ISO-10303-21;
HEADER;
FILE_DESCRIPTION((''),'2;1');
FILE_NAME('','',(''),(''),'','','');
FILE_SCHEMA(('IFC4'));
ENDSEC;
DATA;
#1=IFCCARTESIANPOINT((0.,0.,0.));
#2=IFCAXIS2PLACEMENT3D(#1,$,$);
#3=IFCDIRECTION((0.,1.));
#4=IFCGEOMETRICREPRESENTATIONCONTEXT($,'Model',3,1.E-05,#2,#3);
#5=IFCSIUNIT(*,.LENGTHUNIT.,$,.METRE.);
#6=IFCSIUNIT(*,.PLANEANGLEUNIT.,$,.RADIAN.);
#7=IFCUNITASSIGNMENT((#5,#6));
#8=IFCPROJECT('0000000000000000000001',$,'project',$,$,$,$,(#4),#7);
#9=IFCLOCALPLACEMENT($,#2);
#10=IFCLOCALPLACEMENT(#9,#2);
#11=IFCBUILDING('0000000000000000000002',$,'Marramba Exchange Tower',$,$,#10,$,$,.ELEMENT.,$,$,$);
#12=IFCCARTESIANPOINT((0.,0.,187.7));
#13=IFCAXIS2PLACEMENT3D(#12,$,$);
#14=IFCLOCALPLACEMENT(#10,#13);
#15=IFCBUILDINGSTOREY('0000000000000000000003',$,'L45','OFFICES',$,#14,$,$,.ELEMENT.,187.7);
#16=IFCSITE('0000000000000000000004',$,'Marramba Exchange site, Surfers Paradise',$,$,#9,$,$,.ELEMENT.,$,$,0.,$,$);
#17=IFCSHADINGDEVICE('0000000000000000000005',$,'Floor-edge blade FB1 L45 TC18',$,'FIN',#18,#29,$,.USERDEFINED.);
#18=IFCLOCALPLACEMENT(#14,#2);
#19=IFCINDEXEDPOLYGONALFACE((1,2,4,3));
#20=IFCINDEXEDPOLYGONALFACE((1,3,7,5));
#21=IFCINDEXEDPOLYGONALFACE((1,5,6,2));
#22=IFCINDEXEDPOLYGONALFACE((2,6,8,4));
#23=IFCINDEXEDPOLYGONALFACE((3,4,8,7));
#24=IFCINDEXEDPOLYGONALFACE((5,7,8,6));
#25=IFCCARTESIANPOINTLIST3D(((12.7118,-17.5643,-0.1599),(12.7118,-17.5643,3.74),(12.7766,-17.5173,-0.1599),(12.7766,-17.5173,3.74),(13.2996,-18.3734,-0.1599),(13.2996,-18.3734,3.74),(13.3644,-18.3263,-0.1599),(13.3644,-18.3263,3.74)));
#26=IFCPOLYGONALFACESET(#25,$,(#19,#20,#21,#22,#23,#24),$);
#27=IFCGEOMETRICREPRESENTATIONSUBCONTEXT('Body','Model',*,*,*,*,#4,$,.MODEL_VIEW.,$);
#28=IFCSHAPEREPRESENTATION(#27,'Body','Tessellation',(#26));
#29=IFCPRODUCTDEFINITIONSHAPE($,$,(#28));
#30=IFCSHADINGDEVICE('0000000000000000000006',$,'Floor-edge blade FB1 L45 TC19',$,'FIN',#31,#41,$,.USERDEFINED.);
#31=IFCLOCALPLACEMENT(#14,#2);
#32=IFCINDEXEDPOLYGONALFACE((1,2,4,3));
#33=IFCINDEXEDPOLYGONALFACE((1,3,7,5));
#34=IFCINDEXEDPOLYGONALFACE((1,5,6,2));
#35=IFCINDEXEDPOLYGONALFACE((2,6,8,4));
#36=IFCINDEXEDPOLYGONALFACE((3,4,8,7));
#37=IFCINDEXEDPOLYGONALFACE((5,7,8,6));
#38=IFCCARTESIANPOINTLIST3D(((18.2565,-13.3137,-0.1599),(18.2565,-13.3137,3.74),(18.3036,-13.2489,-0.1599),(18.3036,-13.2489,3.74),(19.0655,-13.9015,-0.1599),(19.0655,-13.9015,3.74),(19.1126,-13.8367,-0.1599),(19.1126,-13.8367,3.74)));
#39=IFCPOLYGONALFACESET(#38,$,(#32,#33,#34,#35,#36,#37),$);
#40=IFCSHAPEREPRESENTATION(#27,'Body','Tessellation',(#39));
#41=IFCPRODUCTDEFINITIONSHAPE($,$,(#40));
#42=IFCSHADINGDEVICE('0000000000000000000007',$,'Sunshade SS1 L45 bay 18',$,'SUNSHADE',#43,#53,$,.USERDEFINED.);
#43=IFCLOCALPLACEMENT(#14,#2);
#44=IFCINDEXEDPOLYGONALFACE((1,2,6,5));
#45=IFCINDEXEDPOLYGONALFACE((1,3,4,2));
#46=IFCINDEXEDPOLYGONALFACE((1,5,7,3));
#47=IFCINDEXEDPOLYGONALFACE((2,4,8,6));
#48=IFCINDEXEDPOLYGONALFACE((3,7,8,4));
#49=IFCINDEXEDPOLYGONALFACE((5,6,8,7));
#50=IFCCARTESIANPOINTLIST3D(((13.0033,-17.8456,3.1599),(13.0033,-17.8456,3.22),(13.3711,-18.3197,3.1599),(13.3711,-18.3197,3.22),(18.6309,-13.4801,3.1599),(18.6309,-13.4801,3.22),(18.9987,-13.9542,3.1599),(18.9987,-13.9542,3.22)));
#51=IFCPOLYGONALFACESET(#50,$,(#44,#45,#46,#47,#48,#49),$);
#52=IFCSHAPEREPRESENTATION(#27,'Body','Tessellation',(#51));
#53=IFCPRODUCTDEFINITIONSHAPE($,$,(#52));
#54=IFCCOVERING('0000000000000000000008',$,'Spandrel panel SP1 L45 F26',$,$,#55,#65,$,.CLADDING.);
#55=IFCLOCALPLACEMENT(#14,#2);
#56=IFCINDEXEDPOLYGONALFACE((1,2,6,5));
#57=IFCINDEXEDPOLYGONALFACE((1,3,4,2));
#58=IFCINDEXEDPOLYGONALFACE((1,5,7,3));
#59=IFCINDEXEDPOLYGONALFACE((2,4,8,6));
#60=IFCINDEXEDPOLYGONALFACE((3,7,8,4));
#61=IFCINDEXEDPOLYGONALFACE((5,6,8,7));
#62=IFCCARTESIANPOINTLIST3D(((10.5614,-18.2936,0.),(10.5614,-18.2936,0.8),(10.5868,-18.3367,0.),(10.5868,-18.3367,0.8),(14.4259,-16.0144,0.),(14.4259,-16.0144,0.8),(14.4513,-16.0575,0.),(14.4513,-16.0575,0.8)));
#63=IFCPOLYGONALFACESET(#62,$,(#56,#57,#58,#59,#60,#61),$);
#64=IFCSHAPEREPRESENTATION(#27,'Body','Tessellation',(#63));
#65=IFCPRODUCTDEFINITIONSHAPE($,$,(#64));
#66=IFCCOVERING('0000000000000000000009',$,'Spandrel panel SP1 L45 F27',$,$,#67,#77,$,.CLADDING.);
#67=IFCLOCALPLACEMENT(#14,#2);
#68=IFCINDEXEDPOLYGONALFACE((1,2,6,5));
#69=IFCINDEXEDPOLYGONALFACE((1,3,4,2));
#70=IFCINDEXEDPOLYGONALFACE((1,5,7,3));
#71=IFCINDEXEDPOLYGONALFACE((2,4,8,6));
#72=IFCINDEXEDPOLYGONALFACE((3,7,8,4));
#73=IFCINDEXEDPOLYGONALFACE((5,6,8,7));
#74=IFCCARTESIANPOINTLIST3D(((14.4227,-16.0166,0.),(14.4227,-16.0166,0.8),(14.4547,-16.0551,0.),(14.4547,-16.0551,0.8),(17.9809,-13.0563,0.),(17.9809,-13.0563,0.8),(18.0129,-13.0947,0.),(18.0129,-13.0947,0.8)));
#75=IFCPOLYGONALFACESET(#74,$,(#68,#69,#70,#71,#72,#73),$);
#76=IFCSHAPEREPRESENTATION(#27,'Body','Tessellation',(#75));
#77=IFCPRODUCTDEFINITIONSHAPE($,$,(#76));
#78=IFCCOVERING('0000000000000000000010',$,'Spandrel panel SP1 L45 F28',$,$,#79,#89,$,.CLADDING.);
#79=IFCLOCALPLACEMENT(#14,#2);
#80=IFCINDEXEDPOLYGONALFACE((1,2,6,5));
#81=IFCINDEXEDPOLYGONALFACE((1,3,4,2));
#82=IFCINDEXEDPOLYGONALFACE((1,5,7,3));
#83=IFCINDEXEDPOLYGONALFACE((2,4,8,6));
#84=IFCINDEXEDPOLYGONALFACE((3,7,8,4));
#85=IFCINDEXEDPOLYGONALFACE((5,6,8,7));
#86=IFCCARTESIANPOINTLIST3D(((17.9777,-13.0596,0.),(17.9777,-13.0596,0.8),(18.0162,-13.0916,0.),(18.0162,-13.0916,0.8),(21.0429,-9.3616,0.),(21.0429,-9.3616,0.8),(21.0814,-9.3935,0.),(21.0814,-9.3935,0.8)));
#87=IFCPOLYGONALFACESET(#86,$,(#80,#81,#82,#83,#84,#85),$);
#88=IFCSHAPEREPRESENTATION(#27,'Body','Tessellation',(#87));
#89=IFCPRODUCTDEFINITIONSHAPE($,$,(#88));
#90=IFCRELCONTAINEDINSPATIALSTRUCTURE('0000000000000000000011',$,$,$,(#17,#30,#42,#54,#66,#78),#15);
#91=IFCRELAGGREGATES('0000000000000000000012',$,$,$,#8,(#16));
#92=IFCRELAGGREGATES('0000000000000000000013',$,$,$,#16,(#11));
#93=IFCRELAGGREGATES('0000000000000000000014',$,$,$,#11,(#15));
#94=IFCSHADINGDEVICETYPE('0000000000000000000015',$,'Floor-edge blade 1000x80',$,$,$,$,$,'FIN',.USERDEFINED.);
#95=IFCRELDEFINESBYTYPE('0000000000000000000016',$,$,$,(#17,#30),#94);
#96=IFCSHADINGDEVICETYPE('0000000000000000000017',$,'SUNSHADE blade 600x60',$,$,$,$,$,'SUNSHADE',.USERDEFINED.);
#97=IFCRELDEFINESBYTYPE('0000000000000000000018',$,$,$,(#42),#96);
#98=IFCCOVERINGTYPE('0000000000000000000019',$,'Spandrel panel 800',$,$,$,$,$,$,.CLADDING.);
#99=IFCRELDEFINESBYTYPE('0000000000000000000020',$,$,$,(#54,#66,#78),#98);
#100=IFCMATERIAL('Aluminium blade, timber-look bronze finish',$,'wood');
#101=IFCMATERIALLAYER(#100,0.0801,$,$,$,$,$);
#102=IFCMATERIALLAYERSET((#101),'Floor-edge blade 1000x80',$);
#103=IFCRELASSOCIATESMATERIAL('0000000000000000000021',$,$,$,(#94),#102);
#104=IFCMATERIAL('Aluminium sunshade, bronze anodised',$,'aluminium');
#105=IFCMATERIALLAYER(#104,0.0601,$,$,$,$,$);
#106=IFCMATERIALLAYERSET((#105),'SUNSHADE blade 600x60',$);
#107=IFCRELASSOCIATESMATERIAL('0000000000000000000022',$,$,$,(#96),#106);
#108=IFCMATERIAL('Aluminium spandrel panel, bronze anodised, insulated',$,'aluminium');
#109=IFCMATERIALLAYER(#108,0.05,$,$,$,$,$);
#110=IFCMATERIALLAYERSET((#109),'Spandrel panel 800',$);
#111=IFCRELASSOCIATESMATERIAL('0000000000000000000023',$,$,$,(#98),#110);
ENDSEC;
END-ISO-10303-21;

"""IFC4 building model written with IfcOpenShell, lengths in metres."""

from ifc_helpers import new_model, si_unit, direction, frame, origin, origin_2d, place, context, subcontext, project, spatial, rectangle, extrude, material, layer, layer_set, type_object, element, save


model = new_model("IFC4")

# Units and contexts
model_context = context("Model", 3, precision=1e-05, world=origin(), true_north=direction((0.0, 1.0)))
body_context = subcontext(model_context, "Body", "Model", "MODEL_VIEW")
ifc_project = project(units=[si_unit("LENGTHUNIT", "METRE"), si_unit("PLANEANGLEUNIT", "RADIAN")], contexts=[model_context])

# Site, building, storey
site_placement = place(None, origin())
site = spatial("IfcSite", under=ifc_project, at=site_placement, Name="Marramba Exchange site, Surfers Paradise", CompositionType="ELEMENT", RefElevation=0.0)
building_placement = place(site_placement, origin())
building = spatial("IfcBuilding", under=site, at=building_placement, Name="Marramba Exchange Tower", CompositionType="ELEMENT")
storey_placement = place(building_placement, frame((0.0, 0.0, 187.7)))
storey = spatial("IfcBuildingStorey", under=building, at=storey_placement, Name="L45", Description="OFFICES", CompositionType="ELEMENT", Elevation=187.7)

# Shading devices
ifc_material_1 = material(Name="Aluminium blade, timber-look bronze finish", Category="wood")
ifc_layer_1 = layer(ifc_material_1, 0.0801)
ifc_layer_set_1 = layer_set([ifc_layer_1], Name="Floor-edge blade 1000x80")
shading_device_type_1 = type_object("IfcShadingDeviceType", Name="Floor-edge blade 1000x80", ElementType="FIN", PredefinedType="USERDEFINED", material=ifc_layer_set_1)
for number, where, z_axis, x_axis, name in (
    (1, (13.0381, -17.9453, -0.1599), (0.0, 0.0, 1.0), (0.587785, -0.809017, 0.0), "Floor-edge blade FB1 L45 TC18"),
    (2, (18.6846, -13.5752, -0.1599), (0.0, 0.0, 1.0), (0.809017, -0.587785, 0.0), "Floor-edge blade FB1 L45 TC19"),
):
    element("IfcShadingDevice", number, at=place(storey_placement, frame(where, z_axis=z_axis, x_axis=x_axis)), inside=storey, type_object=shading_device_type_1, Name=name, ObjectType="FIN", PredefinedType="USERDEFINED", context=body_context, shape_type="SweptSolid", body=[
        extrude(rectangle(XDim=1.0, YDim=0.0801, at=origin_2d()), origin(), (0.0, 0.0, 1.0), 3.8999),
    ])
ifc_material_2 = material(Name="Aluminium sunshade, bronze anodised", Category="aluminium")
ifc_layer_2 = layer(ifc_material_2, 0.0601)
ifc_layer_set_2 = layer_set([ifc_layer_2], Name="SUNSHADE blade 600x60")
shading_device_type_2 = type_object("IfcShadingDeviceType", Name="SUNSHADE blade 600x60", ElementType="SUNSHADE", PredefinedType="USERDEFINED", material=ifc_layer_set_2)
shading_device_placement = place(storey_placement, frame((16.001, -15.8999, 3.1599), z_axis=(0.0, 0.0, 1.0), x_axis=(0.790133, 0.612935, 0.0)))
element("IfcShadingDevice", 3, at=shading_device_placement, inside=storey, type_object=shading_device_type_2, Name="Sunshade SS1 L45 bay 18", ObjectType="SUNSHADE", PredefinedType="USERDEFINED", context=body_context, shape_type="SweptSolid", body=[
    extrude(rectangle(XDim=7.1223, YDim=0.6001, at=origin_2d()), origin(), (0.0, 0.0, 1.0), 0.0601),
])

# Coverings
ifc_material_3 = material(Name="Aluminium spandrel panel, bronze anodised, insulated", Category="aluminium")
ifc_layer_3 = layer(ifc_material_3, 0.05)
ifc_layer_set_3 = layer_set([ifc_layer_3], Name="Spandrel panel 800")
covering_type = type_object("IfcCoveringType", Name="Spandrel panel 800", PredefinedType="CLADDING", material=ifc_layer_set_3)
covering_1_placement = place(storey_placement, frame((12.5063, -17.1755, 0.0), z_axis=(0.0, 0.0, 1.0), x_axis=(0.861351, 0.508011, 0.0)))
element("IfcCovering", 4, at=covering_1_placement, inside=storey, type_object=covering_type, Name="Spandrel panel SP1 L45 F26", PredefinedType="CLADDING", context=body_context, shape_type="SweptSolid", body=[
    extrude(rectangle(XDim=4.4866, YDim=0.05, at=origin_2d()), origin(), (0.0, 0.0, 1.0), 0.8),
])
covering_2_placement = place(storey_placement, frame((16.2178, -14.5557, 0.0), z_axis=(0.0, 0.0, 1.0), x_axis=(0.768737, 0.639565, 0.0)))
element("IfcCovering", 5, at=covering_2_placement, inside=storey, type_object=covering_type, Name="Spandrel panel SP1 L45 F27", PredefinedType="CLADDING", context=body_context, shape_type="SweptSolid", body=[
    extrude(rectangle(XDim=4.6287, YDim=0.05, at=origin_2d()), origin(), (0.0, 0.0, 1.0), 0.8),
])
covering_3_placement = place(storey_placement, frame((19.5295, -11.2266, 0.0), z_axis=(0.0, 0.0, 1.0), x_axis=(0.63815, 0.769912, 0.0)))
element("IfcCovering", 6, at=covering_3_placement, inside=storey, type_object=covering_type, Name="Spandrel panel SP1 L45 F28", PredefinedType="CLADDING", context=body_context, shape_type="SweptSolid", body=[
    extrude(rectangle(XDim=4.8032, YDim=0.05, at=origin_2d()), origin(), (0.0, 0.0, 1.0), 0.8),
])

save(model, "model.ifc")
